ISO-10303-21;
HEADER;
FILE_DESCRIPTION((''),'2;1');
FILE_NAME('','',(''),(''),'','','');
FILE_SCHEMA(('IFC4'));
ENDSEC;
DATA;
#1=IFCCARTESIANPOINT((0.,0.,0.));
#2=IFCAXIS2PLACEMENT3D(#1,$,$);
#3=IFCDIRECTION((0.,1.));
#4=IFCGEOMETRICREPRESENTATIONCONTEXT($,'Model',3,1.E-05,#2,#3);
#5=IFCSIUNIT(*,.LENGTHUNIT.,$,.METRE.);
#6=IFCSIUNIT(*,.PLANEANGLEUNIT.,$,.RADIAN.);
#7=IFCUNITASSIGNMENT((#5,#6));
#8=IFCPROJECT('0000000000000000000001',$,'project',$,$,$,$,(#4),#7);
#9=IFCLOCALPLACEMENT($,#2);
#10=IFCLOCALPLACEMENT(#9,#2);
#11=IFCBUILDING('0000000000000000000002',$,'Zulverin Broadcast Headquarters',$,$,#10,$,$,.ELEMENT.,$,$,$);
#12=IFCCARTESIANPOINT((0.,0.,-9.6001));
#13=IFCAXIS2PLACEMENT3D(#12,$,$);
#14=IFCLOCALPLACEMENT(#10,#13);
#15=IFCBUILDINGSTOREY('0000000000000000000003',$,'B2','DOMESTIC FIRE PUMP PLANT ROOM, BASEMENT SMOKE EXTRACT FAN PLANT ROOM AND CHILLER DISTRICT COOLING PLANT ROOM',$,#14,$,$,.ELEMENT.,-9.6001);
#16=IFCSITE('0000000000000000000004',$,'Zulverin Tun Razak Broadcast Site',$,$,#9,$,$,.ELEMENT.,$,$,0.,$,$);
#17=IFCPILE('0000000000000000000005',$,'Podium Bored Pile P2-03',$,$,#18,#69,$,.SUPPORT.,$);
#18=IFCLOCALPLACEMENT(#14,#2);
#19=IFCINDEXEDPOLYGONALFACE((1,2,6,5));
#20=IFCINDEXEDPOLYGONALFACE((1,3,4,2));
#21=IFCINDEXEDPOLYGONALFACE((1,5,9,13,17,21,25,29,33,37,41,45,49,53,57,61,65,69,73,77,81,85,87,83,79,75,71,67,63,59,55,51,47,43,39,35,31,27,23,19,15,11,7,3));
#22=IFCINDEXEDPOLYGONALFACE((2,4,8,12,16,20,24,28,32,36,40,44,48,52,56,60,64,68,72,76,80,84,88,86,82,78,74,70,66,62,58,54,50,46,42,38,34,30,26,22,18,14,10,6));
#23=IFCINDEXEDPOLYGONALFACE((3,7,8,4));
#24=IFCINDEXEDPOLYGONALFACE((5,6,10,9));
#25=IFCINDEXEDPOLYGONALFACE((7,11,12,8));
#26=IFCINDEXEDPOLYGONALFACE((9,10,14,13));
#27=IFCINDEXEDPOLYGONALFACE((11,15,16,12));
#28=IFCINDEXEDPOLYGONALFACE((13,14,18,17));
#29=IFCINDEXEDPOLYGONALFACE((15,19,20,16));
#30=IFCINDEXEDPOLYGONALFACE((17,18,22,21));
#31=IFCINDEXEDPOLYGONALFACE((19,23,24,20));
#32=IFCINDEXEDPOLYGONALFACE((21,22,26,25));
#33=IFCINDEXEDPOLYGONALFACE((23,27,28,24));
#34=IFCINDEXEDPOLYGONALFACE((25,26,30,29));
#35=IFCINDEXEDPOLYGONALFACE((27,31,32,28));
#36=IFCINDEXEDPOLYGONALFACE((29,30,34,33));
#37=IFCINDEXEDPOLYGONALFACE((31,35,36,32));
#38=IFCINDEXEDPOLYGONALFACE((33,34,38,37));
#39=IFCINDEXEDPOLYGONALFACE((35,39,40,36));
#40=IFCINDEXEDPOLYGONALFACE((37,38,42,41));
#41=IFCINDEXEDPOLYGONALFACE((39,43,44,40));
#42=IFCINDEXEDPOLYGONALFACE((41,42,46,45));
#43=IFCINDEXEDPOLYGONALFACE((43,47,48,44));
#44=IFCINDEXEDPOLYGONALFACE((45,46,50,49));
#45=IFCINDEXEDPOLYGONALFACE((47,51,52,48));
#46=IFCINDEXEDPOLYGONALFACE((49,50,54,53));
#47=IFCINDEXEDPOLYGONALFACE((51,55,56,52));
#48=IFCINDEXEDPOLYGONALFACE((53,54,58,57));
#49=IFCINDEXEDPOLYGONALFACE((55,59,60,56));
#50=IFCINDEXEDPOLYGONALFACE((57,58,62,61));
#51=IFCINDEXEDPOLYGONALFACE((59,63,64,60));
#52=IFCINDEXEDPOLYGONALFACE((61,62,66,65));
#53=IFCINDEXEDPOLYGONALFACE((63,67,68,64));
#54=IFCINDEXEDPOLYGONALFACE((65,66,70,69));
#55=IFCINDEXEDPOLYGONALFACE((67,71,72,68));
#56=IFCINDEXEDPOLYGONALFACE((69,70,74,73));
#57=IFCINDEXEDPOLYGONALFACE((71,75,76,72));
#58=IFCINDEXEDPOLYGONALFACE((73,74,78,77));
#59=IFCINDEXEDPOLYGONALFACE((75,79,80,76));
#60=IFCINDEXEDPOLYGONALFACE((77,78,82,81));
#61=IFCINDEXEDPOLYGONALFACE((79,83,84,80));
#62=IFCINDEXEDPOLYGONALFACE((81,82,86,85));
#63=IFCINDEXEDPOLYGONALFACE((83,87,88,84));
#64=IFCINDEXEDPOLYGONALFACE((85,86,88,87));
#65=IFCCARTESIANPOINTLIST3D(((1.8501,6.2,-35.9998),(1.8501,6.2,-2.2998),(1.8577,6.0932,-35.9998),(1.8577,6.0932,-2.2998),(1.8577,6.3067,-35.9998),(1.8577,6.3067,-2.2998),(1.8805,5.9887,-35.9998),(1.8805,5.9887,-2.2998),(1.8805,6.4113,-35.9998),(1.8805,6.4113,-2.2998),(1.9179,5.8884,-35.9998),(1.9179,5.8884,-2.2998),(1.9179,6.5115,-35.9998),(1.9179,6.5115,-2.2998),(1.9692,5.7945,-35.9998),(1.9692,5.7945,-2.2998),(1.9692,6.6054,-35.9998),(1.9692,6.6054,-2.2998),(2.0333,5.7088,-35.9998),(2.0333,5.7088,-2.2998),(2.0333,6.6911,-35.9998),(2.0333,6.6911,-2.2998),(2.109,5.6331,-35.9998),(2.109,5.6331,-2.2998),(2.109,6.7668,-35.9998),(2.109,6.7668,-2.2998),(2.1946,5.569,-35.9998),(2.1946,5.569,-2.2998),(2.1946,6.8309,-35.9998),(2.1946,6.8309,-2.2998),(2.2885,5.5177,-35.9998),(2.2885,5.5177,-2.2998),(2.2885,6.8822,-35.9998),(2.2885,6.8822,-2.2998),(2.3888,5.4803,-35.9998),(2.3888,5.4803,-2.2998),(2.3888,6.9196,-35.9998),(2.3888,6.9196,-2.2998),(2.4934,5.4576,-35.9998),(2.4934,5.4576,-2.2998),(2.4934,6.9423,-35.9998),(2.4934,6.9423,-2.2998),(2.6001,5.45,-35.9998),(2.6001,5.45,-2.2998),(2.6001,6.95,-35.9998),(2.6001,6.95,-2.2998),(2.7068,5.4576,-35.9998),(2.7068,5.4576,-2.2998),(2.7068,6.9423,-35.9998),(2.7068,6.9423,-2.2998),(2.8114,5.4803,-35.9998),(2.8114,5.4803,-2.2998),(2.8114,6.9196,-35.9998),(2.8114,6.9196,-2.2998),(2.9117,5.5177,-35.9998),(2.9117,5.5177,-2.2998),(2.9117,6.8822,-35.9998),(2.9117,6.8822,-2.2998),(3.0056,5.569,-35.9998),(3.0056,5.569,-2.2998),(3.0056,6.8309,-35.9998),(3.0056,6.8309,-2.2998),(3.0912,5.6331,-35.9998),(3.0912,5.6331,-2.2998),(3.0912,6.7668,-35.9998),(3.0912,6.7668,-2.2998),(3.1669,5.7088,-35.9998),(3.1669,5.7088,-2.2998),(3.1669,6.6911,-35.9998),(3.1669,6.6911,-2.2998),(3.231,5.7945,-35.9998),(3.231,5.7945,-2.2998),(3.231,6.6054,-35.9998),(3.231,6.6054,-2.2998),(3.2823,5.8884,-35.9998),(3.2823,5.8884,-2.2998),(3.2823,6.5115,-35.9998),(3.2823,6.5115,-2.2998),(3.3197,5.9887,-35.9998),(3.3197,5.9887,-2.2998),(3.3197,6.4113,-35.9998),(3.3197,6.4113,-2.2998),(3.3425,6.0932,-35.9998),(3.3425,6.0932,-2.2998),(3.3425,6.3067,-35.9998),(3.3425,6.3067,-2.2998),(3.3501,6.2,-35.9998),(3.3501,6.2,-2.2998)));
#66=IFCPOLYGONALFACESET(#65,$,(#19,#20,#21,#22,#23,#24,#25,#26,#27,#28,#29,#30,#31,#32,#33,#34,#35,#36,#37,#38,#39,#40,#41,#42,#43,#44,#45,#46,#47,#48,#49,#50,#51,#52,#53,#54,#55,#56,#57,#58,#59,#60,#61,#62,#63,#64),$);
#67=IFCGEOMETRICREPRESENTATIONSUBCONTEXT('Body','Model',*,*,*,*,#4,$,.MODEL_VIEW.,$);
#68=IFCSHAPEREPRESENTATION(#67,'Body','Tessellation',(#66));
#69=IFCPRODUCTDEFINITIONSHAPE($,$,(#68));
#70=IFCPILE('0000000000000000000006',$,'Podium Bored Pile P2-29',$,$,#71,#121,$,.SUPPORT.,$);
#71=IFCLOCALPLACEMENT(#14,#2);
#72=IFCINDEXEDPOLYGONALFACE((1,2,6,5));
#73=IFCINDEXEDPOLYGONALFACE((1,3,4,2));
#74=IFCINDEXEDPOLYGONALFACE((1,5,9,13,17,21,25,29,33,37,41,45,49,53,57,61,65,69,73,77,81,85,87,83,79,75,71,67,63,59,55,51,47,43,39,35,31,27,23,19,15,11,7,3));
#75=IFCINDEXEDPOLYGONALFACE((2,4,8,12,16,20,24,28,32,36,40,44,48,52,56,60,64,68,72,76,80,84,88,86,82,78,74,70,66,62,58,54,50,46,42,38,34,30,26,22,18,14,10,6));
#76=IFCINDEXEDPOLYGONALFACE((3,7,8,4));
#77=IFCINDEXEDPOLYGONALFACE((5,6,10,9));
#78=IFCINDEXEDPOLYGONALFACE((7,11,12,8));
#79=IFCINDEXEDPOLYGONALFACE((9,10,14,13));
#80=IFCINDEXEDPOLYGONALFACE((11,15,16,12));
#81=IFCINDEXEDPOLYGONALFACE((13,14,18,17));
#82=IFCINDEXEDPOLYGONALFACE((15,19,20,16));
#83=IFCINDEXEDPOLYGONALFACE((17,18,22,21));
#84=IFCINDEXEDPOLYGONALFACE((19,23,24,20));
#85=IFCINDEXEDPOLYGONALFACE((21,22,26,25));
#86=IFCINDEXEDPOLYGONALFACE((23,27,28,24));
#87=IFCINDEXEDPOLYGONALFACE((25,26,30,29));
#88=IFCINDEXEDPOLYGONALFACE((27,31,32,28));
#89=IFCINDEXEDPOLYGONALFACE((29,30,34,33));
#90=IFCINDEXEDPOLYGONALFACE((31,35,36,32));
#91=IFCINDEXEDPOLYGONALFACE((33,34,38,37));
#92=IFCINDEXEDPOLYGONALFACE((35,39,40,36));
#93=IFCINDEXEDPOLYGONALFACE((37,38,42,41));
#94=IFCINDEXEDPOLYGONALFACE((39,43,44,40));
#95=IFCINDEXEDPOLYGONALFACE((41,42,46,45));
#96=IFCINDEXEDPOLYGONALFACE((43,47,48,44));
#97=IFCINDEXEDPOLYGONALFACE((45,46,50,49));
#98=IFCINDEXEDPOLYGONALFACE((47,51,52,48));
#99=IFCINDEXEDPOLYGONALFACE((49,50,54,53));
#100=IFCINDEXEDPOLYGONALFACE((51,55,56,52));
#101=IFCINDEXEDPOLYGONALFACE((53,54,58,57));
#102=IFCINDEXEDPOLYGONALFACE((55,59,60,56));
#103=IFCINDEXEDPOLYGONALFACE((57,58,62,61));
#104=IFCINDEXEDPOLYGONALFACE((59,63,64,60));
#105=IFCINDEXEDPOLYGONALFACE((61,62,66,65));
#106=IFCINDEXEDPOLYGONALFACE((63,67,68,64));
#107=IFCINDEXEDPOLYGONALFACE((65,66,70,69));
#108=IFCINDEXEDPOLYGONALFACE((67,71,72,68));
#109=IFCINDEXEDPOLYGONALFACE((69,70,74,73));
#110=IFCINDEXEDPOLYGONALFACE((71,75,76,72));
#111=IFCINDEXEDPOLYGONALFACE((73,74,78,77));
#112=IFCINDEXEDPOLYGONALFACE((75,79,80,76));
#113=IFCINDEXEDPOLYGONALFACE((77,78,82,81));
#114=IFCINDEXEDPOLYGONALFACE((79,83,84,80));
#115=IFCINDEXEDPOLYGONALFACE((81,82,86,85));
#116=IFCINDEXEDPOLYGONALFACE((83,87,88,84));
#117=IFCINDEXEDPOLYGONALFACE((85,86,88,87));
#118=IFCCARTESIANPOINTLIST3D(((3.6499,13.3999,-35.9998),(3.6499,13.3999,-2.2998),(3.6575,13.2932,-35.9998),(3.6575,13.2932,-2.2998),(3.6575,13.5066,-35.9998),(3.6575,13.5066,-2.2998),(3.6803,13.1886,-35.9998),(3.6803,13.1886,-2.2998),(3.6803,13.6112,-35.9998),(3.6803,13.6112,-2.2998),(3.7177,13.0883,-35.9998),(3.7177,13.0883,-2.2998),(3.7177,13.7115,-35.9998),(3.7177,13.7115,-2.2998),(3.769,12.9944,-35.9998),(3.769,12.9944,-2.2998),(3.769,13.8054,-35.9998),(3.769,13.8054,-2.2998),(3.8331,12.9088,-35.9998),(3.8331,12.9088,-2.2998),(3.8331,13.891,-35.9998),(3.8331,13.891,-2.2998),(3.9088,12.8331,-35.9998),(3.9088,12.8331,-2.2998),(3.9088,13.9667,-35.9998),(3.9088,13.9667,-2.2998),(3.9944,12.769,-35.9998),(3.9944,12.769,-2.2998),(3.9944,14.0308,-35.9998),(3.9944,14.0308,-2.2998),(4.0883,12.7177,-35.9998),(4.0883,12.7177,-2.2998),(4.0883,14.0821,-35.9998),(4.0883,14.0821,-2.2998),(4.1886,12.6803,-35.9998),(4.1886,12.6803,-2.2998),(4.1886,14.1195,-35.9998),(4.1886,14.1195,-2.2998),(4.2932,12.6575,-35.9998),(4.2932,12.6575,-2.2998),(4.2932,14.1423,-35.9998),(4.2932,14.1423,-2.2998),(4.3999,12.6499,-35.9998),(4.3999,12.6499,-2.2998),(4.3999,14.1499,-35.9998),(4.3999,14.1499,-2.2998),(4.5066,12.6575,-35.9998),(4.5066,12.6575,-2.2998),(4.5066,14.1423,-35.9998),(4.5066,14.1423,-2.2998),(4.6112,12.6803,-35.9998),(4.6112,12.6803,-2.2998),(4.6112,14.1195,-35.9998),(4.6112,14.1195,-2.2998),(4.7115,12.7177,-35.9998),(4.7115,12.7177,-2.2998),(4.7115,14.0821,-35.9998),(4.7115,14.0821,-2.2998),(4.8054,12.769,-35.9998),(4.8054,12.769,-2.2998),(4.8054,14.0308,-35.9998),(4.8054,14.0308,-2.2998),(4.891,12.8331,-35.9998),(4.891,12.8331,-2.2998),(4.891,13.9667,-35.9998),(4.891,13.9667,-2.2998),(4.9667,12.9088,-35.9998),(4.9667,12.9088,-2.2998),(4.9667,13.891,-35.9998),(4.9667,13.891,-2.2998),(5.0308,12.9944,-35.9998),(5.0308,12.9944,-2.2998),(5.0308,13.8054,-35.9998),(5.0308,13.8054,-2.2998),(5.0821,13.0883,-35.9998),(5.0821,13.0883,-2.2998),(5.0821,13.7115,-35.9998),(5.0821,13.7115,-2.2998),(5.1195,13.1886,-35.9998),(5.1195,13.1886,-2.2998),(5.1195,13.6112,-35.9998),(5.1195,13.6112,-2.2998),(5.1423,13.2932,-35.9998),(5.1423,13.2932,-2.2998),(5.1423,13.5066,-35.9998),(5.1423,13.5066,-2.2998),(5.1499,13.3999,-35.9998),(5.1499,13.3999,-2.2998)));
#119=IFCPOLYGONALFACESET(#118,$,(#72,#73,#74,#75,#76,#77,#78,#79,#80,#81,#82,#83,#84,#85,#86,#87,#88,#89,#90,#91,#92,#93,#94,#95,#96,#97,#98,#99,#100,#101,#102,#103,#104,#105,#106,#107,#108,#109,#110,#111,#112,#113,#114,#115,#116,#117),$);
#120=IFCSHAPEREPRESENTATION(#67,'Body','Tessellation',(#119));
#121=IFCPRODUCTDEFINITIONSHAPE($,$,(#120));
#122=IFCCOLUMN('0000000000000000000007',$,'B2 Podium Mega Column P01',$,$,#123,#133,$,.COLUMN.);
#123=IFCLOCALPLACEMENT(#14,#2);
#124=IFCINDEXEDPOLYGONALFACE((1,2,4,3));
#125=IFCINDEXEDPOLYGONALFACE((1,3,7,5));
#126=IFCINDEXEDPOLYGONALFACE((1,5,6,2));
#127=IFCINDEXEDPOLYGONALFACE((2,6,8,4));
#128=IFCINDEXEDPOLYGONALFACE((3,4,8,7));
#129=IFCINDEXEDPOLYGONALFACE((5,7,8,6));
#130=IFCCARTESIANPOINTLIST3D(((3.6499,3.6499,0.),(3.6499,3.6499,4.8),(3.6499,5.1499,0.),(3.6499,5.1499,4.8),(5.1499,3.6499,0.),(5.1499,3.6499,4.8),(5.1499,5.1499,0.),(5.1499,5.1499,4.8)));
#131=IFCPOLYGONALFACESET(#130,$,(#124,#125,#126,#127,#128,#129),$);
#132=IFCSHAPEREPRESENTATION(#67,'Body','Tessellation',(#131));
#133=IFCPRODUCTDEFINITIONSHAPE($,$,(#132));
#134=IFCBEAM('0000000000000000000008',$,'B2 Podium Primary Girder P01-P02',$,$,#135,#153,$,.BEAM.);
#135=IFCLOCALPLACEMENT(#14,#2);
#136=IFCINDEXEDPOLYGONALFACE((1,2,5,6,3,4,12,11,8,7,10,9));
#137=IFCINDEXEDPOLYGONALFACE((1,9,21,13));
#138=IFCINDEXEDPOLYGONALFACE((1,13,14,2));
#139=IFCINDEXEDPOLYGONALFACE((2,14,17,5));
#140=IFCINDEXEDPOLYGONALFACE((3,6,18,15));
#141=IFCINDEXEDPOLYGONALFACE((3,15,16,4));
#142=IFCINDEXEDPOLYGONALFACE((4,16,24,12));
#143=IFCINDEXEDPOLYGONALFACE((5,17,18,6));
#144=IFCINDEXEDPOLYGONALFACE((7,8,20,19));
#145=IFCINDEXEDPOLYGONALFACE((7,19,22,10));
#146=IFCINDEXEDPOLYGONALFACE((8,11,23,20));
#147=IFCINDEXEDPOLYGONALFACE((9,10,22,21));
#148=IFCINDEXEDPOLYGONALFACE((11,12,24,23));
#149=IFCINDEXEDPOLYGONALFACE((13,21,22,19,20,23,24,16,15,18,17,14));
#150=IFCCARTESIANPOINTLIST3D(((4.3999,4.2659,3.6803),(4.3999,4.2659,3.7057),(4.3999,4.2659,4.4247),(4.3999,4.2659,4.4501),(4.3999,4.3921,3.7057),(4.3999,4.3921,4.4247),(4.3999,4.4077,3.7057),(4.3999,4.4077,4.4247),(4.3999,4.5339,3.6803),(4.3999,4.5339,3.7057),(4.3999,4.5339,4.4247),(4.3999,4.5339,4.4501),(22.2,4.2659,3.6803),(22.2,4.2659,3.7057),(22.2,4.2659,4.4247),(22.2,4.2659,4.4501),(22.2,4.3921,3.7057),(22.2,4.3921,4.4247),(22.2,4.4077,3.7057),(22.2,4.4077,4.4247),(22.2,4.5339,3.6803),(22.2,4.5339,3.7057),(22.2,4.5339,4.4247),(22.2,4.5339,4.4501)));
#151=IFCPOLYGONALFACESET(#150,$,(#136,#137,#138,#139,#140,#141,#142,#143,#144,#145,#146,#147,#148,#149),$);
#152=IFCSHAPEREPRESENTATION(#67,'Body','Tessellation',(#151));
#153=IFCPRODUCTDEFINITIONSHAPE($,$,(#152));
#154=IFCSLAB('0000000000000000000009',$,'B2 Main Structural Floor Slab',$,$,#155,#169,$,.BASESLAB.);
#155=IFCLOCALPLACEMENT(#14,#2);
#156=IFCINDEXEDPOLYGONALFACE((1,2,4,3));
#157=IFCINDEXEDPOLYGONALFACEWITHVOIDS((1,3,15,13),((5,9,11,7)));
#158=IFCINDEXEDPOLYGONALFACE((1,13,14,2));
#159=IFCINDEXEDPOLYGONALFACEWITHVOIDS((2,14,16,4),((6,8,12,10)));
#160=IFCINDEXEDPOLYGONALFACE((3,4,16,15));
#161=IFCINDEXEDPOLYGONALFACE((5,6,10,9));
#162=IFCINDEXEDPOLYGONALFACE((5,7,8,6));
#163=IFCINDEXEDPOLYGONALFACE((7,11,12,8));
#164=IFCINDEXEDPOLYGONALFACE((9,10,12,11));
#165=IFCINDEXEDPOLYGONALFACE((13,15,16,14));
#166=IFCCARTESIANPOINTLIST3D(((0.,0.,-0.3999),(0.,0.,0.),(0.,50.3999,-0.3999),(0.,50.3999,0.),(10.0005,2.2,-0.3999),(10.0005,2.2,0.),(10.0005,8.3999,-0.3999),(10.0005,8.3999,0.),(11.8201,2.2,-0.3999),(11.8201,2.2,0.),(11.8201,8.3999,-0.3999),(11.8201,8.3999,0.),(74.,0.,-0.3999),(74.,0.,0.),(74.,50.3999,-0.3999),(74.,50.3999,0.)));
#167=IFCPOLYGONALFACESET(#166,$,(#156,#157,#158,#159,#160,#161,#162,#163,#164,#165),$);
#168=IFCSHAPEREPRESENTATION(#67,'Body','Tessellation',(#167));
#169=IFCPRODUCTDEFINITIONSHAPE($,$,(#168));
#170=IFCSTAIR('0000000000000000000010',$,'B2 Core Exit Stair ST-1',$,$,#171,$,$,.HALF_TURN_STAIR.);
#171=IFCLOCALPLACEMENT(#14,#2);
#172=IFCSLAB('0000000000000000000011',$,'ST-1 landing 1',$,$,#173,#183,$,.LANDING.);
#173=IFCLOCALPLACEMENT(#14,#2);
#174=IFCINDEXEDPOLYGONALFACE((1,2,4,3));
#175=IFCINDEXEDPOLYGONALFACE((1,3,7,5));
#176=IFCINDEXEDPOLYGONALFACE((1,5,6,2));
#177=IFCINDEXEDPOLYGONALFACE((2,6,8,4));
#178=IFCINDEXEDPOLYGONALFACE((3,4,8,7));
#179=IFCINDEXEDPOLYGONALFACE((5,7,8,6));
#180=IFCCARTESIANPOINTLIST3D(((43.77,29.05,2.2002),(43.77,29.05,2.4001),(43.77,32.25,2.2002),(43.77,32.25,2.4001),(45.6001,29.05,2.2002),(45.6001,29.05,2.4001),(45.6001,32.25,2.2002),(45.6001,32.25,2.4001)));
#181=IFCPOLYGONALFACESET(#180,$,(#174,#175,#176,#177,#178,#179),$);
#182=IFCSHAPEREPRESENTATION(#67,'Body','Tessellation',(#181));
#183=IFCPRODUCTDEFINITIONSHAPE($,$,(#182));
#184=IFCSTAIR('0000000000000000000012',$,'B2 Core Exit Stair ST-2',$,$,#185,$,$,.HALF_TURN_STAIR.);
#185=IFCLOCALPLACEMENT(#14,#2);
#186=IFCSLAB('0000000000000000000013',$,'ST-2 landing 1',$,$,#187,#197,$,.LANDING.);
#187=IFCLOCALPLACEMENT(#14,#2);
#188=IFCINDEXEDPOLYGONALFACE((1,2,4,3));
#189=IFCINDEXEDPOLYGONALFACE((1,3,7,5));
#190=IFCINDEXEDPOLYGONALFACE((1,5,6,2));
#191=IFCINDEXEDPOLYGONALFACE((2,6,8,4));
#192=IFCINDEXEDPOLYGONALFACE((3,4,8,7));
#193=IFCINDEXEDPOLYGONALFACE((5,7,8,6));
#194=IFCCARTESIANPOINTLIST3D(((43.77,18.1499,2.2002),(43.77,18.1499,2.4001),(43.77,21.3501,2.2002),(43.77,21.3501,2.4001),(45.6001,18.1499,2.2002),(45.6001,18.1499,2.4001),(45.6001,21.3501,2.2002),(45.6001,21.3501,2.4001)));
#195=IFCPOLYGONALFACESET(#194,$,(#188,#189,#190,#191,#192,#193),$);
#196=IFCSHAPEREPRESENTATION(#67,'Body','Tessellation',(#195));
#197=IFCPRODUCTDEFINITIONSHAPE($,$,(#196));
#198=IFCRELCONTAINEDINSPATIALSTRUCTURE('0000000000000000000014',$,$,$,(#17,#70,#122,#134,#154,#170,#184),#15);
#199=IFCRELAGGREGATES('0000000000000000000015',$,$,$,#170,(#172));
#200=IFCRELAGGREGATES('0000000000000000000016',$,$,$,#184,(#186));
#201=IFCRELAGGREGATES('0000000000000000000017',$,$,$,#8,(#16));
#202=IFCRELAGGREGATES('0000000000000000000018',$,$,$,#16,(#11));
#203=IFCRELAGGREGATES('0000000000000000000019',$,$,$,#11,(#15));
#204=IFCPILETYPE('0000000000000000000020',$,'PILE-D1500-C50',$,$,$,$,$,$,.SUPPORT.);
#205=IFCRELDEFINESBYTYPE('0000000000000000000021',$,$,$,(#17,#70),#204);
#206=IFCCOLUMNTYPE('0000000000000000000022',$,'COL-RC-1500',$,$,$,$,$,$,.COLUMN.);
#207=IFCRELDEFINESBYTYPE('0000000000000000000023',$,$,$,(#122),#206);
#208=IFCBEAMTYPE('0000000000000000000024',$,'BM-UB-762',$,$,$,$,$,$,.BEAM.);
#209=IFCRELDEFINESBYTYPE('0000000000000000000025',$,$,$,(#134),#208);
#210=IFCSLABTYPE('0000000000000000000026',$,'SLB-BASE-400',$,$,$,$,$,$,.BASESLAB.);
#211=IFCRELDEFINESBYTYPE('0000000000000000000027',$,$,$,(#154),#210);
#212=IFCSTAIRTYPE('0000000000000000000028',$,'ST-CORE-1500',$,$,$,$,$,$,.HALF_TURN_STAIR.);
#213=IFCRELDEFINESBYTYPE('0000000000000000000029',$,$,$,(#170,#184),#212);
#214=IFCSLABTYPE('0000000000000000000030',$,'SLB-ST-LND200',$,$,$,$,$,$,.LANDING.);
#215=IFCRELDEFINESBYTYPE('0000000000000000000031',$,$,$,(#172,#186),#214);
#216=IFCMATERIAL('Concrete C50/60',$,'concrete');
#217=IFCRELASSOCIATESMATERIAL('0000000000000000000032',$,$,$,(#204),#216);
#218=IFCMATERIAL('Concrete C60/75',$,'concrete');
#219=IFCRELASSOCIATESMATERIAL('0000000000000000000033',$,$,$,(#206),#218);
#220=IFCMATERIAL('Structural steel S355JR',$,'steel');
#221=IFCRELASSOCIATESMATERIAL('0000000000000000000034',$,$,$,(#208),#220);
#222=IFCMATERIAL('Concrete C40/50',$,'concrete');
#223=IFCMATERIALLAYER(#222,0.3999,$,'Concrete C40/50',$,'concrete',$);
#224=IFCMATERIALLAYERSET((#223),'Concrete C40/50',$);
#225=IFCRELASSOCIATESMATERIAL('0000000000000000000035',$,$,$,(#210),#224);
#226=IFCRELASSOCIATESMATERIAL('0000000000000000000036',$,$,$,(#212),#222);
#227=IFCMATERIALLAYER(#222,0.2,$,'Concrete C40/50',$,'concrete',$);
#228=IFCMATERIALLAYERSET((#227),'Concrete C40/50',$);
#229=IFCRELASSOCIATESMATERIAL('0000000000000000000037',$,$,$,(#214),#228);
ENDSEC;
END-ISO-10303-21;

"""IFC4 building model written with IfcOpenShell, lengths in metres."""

from ifc_helpers import new_model, si_unit, direction, frame, origin, origin_2d, place, context, subcontext, project, spatial, polyline, rectangle, circle, i_section, outline, extrude, material, layer, layer_set, material_profile, profile_set, type_object, element, aggregate, save


model = new_model("IFC4")

# Units and contexts
model_context = context("Model", 3, precision=1e-05, world=origin(), true_north=direction((0.0, 1.0)))
body_context = subcontext(model_context, "Body", "Model", "MODEL_VIEW")
ifc_project = project(units=[si_unit("LENGTHUNIT", "METRE"), si_unit("PLANEANGLEUNIT", "RADIAN")], contexts=[model_context])

# Site, building, storey
site_placement = place(None, origin())
site = spatial("IfcSite", under=ifc_project, at=site_placement, Name="Zulverin Tun Razak Broadcast Site", CompositionType="ELEMENT", RefElevation=0.0)
building_placement = place(site_placement, origin())
building = spatial("IfcBuilding", under=site, at=building_placement, Name="Zulverin Broadcast Headquarters", CompositionType="ELEMENT")
storey_placement = place(building_placement, frame((0.0, 0.0, -9.6001)))
storey = spatial("IfcBuildingStorey", under=building, at=storey_placement, Name="B2", Description="DOMESTIC FIRE PUMP PLANT ROOM, BASEMENT SMOKE EXTRACT FAN PLANT ROOM AND CHILLER DISTRICT COOLING PLANT ROOM", CompositionType="ELEMENT", Elevation=-9.6001)

# Shared definitions
ifc_material_1 = material(Name="Concrete C50/60", Category="concrete")

# Piles
ifc_material_profile_1 = material_profile(ifc_material_1, circle(Radius=0.75, at=origin_2d()), Name="Concrete C50/60", Category="concrete")
ifc_profile_set_1 = profile_set([ifc_material_profile_1], Name="Concrete C50/60")
pile_type = type_object("IfcPileType", Name="PILE-D1500-C50", PredefinedType="SUPPORT", material=ifc_profile_set_1)
for number, where, z_axis, x_axis, name in (
    (1, (2.6001, 6.2, -2.2998), (0.0, 0.0, -1.0), (1.0, 0.0, 0.0), "Podium Bored Pile P2-03"),
    (2, (4.3999, 13.3999, -2.2998), (0.0, 0.0, -1.0), (1.0, 0.0, 0.0), "Podium Bored Pile P2-29"),
):
    element("IfcPile", number, at=place(storey_placement, frame(where, z_axis=z_axis, x_axis=x_axis)), inside=storey, type_object=pile_type, Name=name, PredefinedType="SUPPORT", context=body_context, shape_type="SweptSolid", body=[
        extrude(circle(Radius=0.75, at=origin_2d()), origin(), (0.0, 0.0, 1.0), 33.7),
    ])

# Column
ifc_material_2 = material(Name="Concrete C60/75", Category="concrete")
ifc_material_profile_2 = material_profile(ifc_material_2, rectangle(XDim=1.5, YDim=1.5, at=origin_2d()), Name="Concrete C60/75", Category="concrete")
ifc_profile_set_2 = profile_set([ifc_material_profile_2], Name="Concrete C60/75")
column_type = type_object("IfcColumnType", Name="COL-RC-1500", PredefinedType="COLUMN", material=ifc_profile_set_2)
column_placement = place(storey_placement, frame((4.3999, 4.3999, 0.0), z_axis=(0.0, 0.0, 1.0), x_axis=(1.0, 0.0, 0.0)))
element("IfcColumn", 3, at=column_placement, inside=storey, type_object=column_type, Name="B2 Podium Mega Column P01", PredefinedType="COLUMN", context=body_context, shape_type="SweptSolid", body=[
    extrude(rectangle(XDim=1.5, YDim=1.5, at=origin_2d()), origin(), (0.0, 0.0, 1.0), 4.8),
])

# Beam
ifc_material_3 = material(Name="Structural steel S355JR", Category="steel")
ifc_material_profile_3 = material_profile(ifc_material_3, i_section(OverallWidth=0.2681, OverallDepth=0.7698, WebThickness=0.0156, FlangeThickness=0.0254, at=origin_2d()), Name="Structural steel S355JR", Category="steel")
ifc_profile_set_3 = profile_set([ifc_material_profile_3], Name="Structural steel S355JR")
beam_type = type_object("IfcBeamType", Name="BM-UB-762", PredefinedType="BEAM", material=ifc_profile_set_3)
beam_placement = place(storey_placement, frame((4.3999, 4.3999, 4.0652), z_axis=(1.0, 0.0, 0.0), x_axis=(0.0, 1.0, 0.0)))
element("IfcBeam", 4, at=beam_placement, inside=storey, type_object=beam_type, Name="B2 Podium Primary Girder P01-P02", PredefinedType="BEAM", context=body_context, shape_type="SweptSolid", body=[
    extrude(i_section(OverallWidth=0.2681, OverallDepth=0.7698, WebThickness=0.0156, FlangeThickness=0.0254, at=origin_2d()), origin(), (0.0, 0.0, 1.0), 17.8),
])

# Slab
ifc_material_4 = material(Name="Concrete C40/50", Category="concrete")
ifc_layer_1 = layer(ifc_material_4, 0.3999, Name="Concrete C40/50", Category="concrete")
ifc_layer_set_1 = layer_set([ifc_layer_1], Name="Concrete C40/50")
slab_type_1 = type_object("IfcSlabType", Name="SLB-BASE-400", PredefinedType="BASESLAB", material=ifc_layer_set_1)
slab_1_placement = place(storey_placement, frame((0.0, 0.0, -0.3999)))
element("IfcSlab", 5, at=slab_1_placement, inside=storey, type_object=slab_type_1, Name="B2 Main Structural Floor Slab", PredefinedType="BASESLAB", context=body_context, shape_type="SweptSolid", body=[
    extrude(outline(polyline([(0.0, 0.0), (74.0, 0.0), (74.0, 50.3999), (0.0, 50.3999), (0.0, 0.0)]), holes=[polyline([(10.0005, 2.2), (11.8201, 2.2), (11.8201, 8.3999), (10.0005, 8.3999), (10.0005, 2.2)])]), origin(), (0.0, 0.0, 1.0), 0.3999),
])

# Stairs, slabs
stair_type_1 = type_object("IfcStairType", Name="ST-CORE-1500", PredefinedType="HALF_TURN_STAIR", material=ifc_material_4)
stair_1_placement = place(storey_placement, origin())
stair_1 = element("IfcStair", 6, at=stair_1_placement, inside=storey, type_object=stair_type_1, Name="B2 Core Exit Stair ST-1", PredefinedType="HALF_TURN_STAIR")
ifc_layer_2 = layer(ifc_material_4, 0.2, Name="Concrete C40/50", Category="concrete")
ifc_layer_set_2 = layer_set([ifc_layer_2], Name="Concrete C40/50")
slab_type_2 = type_object("IfcSlabType", Name="SLB-ST-LND200", PredefinedType="LANDING", material=ifc_layer_set_2)
slab_2_placement = place(storey_placement, frame((0.0, 0.0, 2.2002)))
slab_2 = element("IfcSlab", 7, at=slab_2_placement, type_object=slab_type_2, Name="ST-1 landing 1", PredefinedType="LANDING", context=body_context, shape_type="SweptSolid", body=[
    extrude(outline(polyline([(43.77, 29.05), (45.6001, 29.05), (45.6001, 32.25), (43.77, 32.25), (43.77, 29.05)])), origin(), (0.0, 0.0, 1.0), 0.2),
])
aggregate(stair_1, [slab_2])
stair_2_placement = place(storey_placement, origin())
stair_2 = element("IfcStair", 8, at=stair_2_placement, inside=storey, type_object=stair_type_1, Name="B2 Core Exit Stair ST-2", PredefinedType="HALF_TURN_STAIR")
slab_3_placement = place(storey_placement, frame((0.0, 0.0, 2.2002)))
slab_3 = element("IfcSlab", 9, at=slab_3_placement, type_object=slab_type_2, Name="ST-2 landing 1", PredefinedType="LANDING", context=body_context, shape_type="SweptSolid", body=[
    extrude(outline(polyline([(43.77, 18.1499), (45.6001, 18.1499), (45.6001, 21.3501), (43.77, 21.3501), (43.77, 18.1499)])), origin(), (0.0, 0.0, 1.0), 0.2),
])
aggregate(stair_2, [slab_3])

save(model, "model.ifc")
